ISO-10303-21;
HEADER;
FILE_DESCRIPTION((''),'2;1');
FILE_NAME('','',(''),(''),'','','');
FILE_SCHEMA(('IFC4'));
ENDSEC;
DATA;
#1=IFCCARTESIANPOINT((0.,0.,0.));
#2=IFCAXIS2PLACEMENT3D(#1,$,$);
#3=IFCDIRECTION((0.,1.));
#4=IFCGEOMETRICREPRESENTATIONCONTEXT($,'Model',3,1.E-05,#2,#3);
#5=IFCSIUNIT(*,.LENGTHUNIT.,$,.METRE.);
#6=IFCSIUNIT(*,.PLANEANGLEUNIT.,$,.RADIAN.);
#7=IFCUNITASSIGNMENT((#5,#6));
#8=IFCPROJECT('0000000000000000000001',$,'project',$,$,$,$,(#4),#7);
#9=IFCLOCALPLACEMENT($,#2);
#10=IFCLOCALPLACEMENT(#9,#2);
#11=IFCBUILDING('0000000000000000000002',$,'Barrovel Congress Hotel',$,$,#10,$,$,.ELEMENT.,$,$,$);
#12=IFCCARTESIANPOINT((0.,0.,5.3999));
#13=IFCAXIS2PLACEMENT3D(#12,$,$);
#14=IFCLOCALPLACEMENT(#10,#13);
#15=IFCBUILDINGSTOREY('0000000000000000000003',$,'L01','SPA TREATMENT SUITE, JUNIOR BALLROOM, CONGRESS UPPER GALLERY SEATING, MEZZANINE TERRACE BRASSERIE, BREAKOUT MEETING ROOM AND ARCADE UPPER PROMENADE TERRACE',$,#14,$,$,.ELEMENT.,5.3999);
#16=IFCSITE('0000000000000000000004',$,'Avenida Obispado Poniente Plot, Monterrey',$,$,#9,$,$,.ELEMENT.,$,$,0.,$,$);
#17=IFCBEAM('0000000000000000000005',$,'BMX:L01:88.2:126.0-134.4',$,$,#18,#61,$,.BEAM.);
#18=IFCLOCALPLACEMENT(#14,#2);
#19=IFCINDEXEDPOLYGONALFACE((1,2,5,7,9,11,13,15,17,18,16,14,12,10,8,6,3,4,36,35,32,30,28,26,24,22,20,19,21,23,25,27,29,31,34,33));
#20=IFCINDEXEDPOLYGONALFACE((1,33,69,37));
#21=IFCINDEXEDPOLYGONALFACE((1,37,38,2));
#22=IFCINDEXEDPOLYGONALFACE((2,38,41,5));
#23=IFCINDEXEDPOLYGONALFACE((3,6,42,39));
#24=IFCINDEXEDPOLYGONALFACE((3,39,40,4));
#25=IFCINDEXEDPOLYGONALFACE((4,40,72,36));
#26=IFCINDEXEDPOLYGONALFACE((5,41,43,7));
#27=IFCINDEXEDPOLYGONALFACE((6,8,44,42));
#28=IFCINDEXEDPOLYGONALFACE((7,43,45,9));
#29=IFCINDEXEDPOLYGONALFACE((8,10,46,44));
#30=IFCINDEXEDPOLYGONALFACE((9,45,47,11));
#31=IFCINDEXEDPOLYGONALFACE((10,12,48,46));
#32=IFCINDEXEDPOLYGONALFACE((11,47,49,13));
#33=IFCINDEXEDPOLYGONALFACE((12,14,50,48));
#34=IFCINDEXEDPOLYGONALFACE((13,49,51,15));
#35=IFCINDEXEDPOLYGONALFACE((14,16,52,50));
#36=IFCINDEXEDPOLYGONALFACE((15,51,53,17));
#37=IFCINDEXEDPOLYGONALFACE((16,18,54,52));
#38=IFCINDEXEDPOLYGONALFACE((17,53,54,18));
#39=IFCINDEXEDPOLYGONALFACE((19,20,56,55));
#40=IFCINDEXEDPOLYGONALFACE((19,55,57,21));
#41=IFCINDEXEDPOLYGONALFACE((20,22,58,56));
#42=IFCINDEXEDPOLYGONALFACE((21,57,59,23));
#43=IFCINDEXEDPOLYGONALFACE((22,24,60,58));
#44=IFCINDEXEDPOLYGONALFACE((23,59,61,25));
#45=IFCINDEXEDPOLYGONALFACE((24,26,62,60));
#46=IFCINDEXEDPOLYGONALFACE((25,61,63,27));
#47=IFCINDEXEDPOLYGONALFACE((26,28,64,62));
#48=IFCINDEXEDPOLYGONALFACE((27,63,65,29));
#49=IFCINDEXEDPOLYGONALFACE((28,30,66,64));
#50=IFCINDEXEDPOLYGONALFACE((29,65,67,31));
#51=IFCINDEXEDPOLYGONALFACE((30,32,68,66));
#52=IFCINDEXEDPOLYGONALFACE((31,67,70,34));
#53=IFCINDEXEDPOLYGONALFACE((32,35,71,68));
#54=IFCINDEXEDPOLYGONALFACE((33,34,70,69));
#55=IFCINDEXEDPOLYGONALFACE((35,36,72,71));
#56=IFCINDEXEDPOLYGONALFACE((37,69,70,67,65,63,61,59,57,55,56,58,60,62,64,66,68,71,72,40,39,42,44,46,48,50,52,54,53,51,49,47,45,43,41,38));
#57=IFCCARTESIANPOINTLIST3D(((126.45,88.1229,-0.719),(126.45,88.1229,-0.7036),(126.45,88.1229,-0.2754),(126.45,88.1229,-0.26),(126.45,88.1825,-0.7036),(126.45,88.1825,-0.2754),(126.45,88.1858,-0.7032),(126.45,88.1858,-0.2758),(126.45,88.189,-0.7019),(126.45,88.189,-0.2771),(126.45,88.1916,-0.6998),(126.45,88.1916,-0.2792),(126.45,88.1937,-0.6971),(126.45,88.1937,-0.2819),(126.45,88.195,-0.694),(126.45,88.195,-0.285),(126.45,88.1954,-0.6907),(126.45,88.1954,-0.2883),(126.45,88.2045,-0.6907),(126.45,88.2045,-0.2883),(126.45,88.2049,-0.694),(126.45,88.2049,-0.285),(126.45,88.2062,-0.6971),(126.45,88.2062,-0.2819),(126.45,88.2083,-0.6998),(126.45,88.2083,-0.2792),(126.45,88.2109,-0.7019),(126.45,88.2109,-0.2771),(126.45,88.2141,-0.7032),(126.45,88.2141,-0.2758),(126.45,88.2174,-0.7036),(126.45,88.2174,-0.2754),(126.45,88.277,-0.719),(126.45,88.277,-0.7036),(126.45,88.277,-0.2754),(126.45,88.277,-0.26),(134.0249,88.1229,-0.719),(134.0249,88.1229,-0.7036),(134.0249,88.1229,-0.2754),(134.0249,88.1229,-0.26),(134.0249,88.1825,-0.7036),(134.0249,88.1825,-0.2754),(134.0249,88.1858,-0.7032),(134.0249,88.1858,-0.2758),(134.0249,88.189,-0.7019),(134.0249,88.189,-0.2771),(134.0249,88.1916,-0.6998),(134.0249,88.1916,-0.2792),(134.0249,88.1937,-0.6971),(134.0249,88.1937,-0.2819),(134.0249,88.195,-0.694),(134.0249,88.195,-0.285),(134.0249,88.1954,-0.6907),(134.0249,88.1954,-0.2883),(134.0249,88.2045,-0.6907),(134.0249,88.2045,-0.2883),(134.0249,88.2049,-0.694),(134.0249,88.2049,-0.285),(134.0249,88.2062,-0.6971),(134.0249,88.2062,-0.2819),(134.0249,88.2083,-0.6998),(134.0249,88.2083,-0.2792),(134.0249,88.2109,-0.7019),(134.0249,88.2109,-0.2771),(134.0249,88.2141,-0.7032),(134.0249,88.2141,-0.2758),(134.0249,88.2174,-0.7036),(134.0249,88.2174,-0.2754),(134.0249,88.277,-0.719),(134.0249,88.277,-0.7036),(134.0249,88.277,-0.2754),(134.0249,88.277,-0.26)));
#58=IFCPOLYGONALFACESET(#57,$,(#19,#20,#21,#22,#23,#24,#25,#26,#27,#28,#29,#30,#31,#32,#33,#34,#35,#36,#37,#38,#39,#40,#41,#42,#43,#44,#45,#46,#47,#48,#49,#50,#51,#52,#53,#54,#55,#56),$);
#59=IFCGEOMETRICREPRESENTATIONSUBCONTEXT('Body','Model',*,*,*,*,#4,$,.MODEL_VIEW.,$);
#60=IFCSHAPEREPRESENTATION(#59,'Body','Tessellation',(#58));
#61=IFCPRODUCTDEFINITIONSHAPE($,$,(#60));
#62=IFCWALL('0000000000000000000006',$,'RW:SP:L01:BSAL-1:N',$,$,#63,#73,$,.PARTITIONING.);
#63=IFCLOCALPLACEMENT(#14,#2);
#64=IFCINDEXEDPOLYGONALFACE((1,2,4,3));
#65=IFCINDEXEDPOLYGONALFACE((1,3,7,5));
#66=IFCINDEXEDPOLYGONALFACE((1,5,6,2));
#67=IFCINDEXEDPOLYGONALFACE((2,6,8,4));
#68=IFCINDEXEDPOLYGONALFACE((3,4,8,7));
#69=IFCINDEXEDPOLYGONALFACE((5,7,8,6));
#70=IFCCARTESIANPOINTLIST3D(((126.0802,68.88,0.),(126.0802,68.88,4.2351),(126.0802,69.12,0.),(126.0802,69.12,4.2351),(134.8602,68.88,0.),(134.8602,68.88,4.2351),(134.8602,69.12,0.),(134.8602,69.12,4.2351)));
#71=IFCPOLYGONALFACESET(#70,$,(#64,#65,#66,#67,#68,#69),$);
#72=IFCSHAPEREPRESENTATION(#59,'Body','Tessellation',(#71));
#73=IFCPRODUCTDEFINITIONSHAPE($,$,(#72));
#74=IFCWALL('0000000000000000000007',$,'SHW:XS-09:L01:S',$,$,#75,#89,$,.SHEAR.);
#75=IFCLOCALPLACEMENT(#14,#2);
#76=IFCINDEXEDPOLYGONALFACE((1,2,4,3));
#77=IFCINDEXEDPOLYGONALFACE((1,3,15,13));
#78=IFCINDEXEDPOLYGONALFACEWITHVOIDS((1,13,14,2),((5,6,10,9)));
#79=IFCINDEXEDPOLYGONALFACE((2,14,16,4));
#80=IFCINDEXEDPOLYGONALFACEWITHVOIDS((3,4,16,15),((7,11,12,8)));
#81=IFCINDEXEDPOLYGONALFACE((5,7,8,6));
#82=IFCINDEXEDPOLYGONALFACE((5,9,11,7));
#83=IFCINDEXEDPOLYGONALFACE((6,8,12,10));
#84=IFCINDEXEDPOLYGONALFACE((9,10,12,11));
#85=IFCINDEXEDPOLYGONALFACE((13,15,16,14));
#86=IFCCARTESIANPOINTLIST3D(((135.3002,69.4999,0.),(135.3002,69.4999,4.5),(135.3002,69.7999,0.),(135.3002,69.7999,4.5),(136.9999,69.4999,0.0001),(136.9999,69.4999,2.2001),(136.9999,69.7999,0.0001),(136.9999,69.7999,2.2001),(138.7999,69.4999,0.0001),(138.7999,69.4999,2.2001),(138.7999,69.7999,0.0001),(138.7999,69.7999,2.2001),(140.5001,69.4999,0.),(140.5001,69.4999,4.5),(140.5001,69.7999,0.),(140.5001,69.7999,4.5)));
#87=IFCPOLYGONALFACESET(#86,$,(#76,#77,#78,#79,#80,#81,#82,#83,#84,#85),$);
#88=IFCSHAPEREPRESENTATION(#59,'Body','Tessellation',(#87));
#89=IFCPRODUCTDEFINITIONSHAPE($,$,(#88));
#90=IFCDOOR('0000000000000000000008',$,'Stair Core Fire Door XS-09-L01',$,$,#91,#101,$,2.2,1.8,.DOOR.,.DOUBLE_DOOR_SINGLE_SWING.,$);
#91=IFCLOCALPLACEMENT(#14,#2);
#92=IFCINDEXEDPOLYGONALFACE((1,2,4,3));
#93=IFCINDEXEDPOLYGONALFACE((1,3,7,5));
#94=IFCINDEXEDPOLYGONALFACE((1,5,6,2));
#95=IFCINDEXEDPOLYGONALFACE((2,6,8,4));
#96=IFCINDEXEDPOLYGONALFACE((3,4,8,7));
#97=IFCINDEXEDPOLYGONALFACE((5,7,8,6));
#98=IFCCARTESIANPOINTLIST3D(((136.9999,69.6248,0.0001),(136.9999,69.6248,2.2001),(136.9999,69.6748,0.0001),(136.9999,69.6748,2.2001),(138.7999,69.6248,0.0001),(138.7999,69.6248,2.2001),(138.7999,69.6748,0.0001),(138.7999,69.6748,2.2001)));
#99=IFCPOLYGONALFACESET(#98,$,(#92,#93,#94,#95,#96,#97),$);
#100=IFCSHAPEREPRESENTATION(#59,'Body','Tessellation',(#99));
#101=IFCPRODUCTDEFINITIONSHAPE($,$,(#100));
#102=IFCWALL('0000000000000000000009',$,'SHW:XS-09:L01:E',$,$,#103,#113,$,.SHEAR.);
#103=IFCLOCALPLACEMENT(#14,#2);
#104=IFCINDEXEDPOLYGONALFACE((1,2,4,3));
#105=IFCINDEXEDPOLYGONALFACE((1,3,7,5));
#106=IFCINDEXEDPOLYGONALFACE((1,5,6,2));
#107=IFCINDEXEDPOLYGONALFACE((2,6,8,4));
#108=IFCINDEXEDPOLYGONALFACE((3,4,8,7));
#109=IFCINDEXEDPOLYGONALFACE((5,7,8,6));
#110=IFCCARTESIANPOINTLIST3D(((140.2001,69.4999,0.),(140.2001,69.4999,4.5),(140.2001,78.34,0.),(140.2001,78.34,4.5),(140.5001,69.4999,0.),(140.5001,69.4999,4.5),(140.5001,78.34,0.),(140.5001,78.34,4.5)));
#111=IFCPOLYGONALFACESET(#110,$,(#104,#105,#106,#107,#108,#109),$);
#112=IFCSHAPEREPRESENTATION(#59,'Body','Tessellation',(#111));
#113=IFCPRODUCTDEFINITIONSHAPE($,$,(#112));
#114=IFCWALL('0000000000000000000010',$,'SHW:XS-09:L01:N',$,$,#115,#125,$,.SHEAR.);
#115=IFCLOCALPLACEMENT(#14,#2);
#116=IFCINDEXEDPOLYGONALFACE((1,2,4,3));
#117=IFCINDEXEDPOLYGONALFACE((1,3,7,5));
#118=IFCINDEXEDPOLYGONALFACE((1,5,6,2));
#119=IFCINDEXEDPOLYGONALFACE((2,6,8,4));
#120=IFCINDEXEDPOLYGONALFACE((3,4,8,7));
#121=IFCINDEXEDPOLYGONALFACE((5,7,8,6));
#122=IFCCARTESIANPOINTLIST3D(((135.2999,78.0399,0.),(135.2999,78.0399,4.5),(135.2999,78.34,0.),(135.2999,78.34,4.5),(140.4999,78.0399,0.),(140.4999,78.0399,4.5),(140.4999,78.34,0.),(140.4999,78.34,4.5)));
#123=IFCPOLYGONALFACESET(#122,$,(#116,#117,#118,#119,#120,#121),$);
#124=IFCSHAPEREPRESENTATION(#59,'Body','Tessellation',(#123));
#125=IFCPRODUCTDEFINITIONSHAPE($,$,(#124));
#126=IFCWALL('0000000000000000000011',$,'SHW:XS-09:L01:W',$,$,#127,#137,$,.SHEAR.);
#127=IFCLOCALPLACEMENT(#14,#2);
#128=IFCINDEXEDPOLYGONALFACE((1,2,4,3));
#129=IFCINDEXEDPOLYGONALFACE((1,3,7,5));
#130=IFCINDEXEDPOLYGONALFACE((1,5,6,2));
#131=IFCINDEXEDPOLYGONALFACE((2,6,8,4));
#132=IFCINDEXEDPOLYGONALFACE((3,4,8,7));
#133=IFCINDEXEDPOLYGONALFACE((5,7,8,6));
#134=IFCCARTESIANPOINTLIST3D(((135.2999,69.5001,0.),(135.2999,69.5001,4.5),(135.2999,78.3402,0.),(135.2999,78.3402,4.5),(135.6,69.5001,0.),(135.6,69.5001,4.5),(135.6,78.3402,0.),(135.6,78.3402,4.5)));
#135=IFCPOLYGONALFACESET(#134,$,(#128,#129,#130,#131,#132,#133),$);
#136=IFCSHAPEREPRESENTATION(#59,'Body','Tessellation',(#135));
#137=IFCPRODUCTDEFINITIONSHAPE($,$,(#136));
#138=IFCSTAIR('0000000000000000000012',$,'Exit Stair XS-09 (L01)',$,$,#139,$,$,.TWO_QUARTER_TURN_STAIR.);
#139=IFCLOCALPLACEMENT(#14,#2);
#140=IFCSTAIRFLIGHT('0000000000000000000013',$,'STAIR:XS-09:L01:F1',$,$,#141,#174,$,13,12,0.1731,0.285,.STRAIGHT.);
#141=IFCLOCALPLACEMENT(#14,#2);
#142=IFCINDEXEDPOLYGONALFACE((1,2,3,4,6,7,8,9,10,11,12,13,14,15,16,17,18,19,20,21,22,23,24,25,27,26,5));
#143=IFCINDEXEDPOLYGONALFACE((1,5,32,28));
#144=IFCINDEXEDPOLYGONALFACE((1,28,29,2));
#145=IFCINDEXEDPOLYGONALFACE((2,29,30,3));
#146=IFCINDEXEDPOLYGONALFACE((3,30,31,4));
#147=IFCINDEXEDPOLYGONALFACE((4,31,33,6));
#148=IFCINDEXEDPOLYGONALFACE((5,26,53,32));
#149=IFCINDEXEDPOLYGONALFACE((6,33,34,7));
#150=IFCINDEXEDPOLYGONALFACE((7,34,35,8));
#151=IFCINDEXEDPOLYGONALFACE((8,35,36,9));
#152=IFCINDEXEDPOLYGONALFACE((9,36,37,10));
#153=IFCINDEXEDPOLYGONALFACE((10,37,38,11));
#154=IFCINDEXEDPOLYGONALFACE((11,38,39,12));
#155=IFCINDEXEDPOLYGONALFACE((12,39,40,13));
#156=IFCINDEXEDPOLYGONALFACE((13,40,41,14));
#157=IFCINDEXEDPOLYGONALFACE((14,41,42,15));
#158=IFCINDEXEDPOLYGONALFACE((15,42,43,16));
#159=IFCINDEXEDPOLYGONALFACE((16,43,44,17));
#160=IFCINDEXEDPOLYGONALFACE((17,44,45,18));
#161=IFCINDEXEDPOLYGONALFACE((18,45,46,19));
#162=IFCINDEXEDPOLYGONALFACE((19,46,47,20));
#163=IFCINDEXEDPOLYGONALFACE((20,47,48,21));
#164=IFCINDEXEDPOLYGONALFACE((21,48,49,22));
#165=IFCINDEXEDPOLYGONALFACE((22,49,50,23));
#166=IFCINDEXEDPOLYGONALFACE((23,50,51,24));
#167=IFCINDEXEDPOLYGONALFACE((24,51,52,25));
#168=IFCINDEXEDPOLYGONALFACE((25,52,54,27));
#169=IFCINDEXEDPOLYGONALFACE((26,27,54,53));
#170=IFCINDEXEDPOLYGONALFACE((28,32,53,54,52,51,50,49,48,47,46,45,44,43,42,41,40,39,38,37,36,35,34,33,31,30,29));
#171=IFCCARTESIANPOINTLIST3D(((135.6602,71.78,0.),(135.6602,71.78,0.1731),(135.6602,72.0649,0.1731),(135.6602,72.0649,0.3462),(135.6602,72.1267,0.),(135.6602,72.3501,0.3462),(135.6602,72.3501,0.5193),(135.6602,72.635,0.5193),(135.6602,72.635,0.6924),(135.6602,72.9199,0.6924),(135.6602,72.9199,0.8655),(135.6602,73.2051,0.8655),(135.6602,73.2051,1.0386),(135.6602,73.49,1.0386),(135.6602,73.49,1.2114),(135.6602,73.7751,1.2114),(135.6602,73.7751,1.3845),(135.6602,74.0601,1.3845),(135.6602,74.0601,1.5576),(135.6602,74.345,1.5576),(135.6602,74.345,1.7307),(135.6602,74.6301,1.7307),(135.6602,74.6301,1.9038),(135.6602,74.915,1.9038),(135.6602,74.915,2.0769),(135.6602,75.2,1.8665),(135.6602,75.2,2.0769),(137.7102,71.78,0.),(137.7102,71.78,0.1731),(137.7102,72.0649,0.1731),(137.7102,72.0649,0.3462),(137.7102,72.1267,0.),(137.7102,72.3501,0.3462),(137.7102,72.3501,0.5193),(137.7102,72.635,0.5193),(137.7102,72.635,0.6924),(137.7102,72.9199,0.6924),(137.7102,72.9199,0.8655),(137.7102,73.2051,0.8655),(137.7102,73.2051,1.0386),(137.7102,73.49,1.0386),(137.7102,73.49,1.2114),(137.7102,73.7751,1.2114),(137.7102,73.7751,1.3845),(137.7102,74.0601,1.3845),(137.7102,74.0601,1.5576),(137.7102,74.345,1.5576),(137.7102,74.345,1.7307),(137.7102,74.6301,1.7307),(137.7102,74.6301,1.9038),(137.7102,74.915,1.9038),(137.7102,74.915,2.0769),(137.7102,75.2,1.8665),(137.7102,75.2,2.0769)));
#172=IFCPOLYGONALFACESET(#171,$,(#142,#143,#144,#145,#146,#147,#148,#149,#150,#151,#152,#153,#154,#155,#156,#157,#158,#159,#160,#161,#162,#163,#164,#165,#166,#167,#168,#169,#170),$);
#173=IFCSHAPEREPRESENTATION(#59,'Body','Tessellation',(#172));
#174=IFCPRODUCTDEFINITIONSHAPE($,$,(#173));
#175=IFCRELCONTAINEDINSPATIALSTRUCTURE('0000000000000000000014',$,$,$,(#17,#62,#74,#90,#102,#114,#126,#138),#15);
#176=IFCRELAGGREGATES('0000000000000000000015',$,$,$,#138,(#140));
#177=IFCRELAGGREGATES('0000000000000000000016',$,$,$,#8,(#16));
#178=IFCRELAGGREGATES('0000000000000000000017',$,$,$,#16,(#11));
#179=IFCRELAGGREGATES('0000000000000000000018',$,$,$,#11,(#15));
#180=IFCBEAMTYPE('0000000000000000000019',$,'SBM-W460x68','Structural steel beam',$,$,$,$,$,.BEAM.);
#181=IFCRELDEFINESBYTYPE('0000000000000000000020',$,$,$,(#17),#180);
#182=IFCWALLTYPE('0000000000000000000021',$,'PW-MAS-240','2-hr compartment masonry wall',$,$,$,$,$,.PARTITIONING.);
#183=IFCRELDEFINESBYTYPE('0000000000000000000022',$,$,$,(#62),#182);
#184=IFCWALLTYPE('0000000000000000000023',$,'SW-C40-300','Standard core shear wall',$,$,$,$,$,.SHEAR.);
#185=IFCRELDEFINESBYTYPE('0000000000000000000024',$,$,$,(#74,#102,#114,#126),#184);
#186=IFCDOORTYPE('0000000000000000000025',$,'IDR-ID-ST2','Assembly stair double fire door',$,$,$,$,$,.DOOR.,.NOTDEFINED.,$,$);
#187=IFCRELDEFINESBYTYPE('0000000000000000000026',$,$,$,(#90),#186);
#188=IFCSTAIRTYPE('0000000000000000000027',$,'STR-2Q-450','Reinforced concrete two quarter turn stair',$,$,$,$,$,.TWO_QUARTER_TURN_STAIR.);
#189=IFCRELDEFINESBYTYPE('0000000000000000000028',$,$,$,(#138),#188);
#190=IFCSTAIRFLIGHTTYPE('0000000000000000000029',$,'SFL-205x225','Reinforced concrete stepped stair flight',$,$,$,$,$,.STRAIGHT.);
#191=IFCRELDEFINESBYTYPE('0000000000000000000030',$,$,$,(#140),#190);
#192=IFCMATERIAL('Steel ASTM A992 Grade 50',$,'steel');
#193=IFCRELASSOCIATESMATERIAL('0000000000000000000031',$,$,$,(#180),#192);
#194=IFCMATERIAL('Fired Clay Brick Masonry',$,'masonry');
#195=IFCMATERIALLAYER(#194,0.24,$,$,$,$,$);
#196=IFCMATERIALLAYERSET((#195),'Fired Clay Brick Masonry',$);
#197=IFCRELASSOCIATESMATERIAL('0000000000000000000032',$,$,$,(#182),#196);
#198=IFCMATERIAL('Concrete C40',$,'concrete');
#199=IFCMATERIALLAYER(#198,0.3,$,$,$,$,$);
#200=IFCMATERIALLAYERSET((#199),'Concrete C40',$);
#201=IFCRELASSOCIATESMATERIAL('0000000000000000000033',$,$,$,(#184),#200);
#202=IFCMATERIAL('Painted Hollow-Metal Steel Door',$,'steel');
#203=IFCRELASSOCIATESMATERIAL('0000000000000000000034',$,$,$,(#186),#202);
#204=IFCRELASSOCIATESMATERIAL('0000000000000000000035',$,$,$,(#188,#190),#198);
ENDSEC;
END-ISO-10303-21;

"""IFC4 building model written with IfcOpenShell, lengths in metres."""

from ifc_helpers import new_model, si_unit, direction, frame, frame_2d, origin, origin_2d, place, context, subcontext, project, spatial, polyline, rectangle, i_section, outline, extrude, material, layer, layer_set, material_profile, profile_set, type_object, element, fill, aggregate, save


model = new_model("IFC4")

# Units and contexts
model_context = context("Model", 3, precision=1e-05, world=origin(), true_north=direction((0.0, 1.0)))
body_context = subcontext(model_context, "Body", "Model", "MODEL_VIEW")
ifc_project = project(units=[si_unit("LENGTHUNIT", "METRE"), si_unit("PLANEANGLEUNIT", "RADIAN")], contexts=[model_context])

# Site, building, storey
site_placement = place(None, origin())
site = spatial("IfcSite", under=ifc_project, at=site_placement, Name="Avenida Obispado Poniente Plot, Monterrey", CompositionType="ELEMENT", RefElevation=0.0)
building_placement = place(site_placement, origin())
building = spatial("IfcBuilding", under=site, at=building_placement, Name="Barrovel Congress Hotel", CompositionType="ELEMENT")
storey_placement = place(building_placement, frame((0.0, 0.0, 5.3999)))
storey = spatial("IfcBuildingStorey", under=building, at=storey_placement, Name="L01", Description="SPA TREATMENT SUITE, JUNIOR BALLROOM, CONGRESS UPPER GALLERY SEATING, MEZZANINE TERRACE BRASSERIE, BREAKOUT MEETING ROOM AND ARCADE UPPER PROMENADE TERRACE", CompositionType="ELEMENT", Elevation=5.3999)

# Shared definitions
ifc_material_1 = material(Name="Concrete C40", Category="concrete")

# Beam
ifc_material_2 = material(Name="Steel ASTM A992 Grade 50", Category="steel")
ifc_material_profile_1 = material_profile(ifc_material_2, i_section(OverallWidth=0.1541, OverallDepth=0.459, WebThickness=0.009, FlangeThickness=0.0154, FilletRadius=0.0129, at=origin_2d()), Name="W460x68")
ifc_profile_set_1 = profile_set([ifc_material_profile_1], Name="Steel ASTM A992 Grade 50")
beam_type_1 = type_object("IfcBeamType", Name="SBM-W460x68", Description="Structural steel beam", PredefinedType="BEAM", material=ifc_profile_set_1)
beam_1_placement = place(storey_placement, frame((126.45, 88.2, -0.4895), z_axis=(1.0, 0.0, 0.0), x_axis=(0.0, 1.0, 0.0)))
element("IfcBeam", 1, at=beam_1_placement, inside=storey, type_object=beam_type_1, Name="BMX:L01:88.2:126.0-134.4", PredefinedType="BEAM", context=body_context, shape_type="SweptSolid", body=[
    extrude(i_section(OverallWidth=0.1541, OverallDepth=0.459, WebThickness=0.009, FlangeThickness=0.0154, FilletRadius=0.0129, at=origin_2d()), origin(), (0.0, 0.0, 1.0), 7.575),
])

# Wall
ifc_material_3 = material(Name="Fired Clay Brick Masonry", Category="masonry")
ifc_layer_1 = layer(ifc_material_3, 0.24)
ifc_layer_set_1 = layer_set([ifc_layer_1], Name="Fired Clay Brick Masonry")
wall_type_1 = type_object("IfcWallType", Name="PW-MAS-240", Description="2-hr compartment masonry wall", PredefinedType="PARTITIONING", material=ifc_layer_set_1)
wall_1_placement = place(storey_placement, frame((126.0801, 69.0, 0.0), z_axis=(0.0, 0.0, 1.0), x_axis=(1.0, 0.0, 0.0)))
element("IfcWall", 2, at=wall_1_placement, inside=storey, type_object=wall_type_1, Name="RW:SP:L01:BSAL-1:N", PredefinedType="PARTITIONING", context=body_context, shape_type="SweptSolid", body=[
    extrude(rectangle(XDim=8.78, YDim=0.24, at=frame_2d((4.3901, 0.0))), origin(), (0.0, 0.0, 1.0), 4.2351),
])

# Wall, opening, door
ifc_layer_2 = layer(ifc_material_1, 0.3)
ifc_layer_set_2 = layer_set([ifc_layer_2], Name="Concrete C40")
wall_type_2 = type_object("IfcWallType", Name="SW-C40-300", Description="Standard core shear wall", PredefinedType="SHEAR", material=ifc_layer_set_2)
wall_2_placement = place(storey_placement, frame((135.3, 69.6499, 0.0), z_axis=(0.0, 0.0, 1.0), x_axis=(1.0, 0.0, 0.0)))
wall_2 = element("IfcWall", 3, at=wall_2_placement, inside=storey, type_object=wall_type_2, Name="SHW:XS-09:L01:S", PredefinedType="SHEAR", context=body_context, shape_type="SweptSolid", body=[
    extrude(rectangle(XDim=5.2, YDim=0.3, at=frame_2d((2.6001, 0.0))), origin(), (0.0, 0.0, 1.0), 4.5),
])
opening_placement = place(wall_2_placement, frame((1.7, 0.0, 0.0)))
opening = element("IfcOpeningElement", 4, at=opening_placement, cuts=wall_2, PredefinedType="OPENING", context=body_context, shape_type="SweptSolid", body=[
    extrude(rectangle(XDim=1.8, YDim=2.2, at=frame_2d((0.8999, 1.1001))), frame((0.0, 0.1602, 0.0), z_axis=(0.0, -1.0, 0.0), x_axis=(1.0, 0.0, 0.0)), (0.0, 0.0, 1.0), 0.3201),
])
ifc_material_4 = material(Name="Painted Hollow-Metal Steel Door", Category="steel")
door_type = type_object("IfcDoorType", Name="IDR-ID-ST2", Description="Assembly stair double fire door", OperationType="NOTDEFINED", PredefinedType="DOOR", material=ifc_material_4)
door_placement = place(opening_placement, origin())
door = element("IfcDoor", 5, at=door_placement, inside=storey, type_object=door_type, Name="Stair Core Fire Door XS-09-L01", OperationType="DOUBLE_DOOR_SINGLE_SWING", OverallHeight=2.2, OverallWidth=1.8, PredefinedType="DOOR", context=body_context, shape_type="SweptSolid", body=[
    extrude(rectangle(XDim=1.8, YDim=2.2, at=frame_2d((0.8999, 1.1001))), frame((0.0, 0.0249, 0.0), z_axis=(0.0, -1.0, 0.0), x_axis=(1.0, 0.0, 0.0)), (0.0, 0.0, 1.0), 0.05),
])
fill(opening, door)

# Walls
wall_3_placement = place(storey_placement, frame((140.3501, 69.5, 0.0), z_axis=(0.0, 0.0, 1.0), x_axis=(0.0, 1.0, 0.0)))
element("IfcWall", 6, at=wall_3_placement, inside=storey, type_object=wall_type_2, Name="SHW:XS-09:L01:E", PredefinedType="SHEAR", context=body_context, shape_type="SweptSolid", body=[
    extrude(rectangle(XDim=8.8401, YDim=0.3, at=frame_2d((4.4199, 0.0))), origin(), (0.0, 0.0, 1.0), 4.5),
])
wall_4_placement = place(storey_placement, frame((140.5, 78.1899, 0.0), z_axis=(0.0, 0.0, 1.0), x_axis=(-1.0, 0.0, 0.0)))
element("IfcWall", 7, at=wall_4_placement, inside=storey, type_object=wall_type_2, Name="SHW:XS-09:L01:N", PredefinedType="SHEAR", context=body_context, shape_type="SweptSolid", body=[
    extrude(rectangle(XDim=5.2, YDim=0.3, at=frame_2d((2.6001, 0.0))), origin(), (0.0, 0.0, 1.0), 4.5),
])
wall_5_placement = place(storey_placement, frame((135.45, 78.3401, 0.0), z_axis=(0.0, 0.0, 1.0), x_axis=(0.0, -1.0, 0.0)))
element("IfcWall", 8, at=wall_5_placement, inside=storey, type_object=wall_type_2, Name="SHW:XS-09:L01:W", PredefinedType="SHEAR", context=body_context, shape_type="SweptSolid", body=[
    extrude(rectangle(XDim=8.8401, YDim=0.3, at=frame_2d((4.4199, 0.0))), origin(), (0.0, 0.0, 1.0), 4.5),
])

# Stair, stair flight
stair_type = type_object("IfcStairType", Name="STR-2Q-450", Description="Reinforced concrete two quarter turn stair", PredefinedType="TWO_QUARTER_TURN_STAIR", material=ifc_material_1)
stair_placement = place(storey_placement, origin())
stair = element("IfcStair", 9, at=stair_placement, inside=storey, type_object=stair_type, Name="Exit Stair XS-09 (L01)", PredefinedType="TWO_QUARTER_TURN_STAIR")
stair_flight_type = type_object("IfcStairFlightType", Name="SFL-205x225", Description="Reinforced concrete stepped stair flight", PredefinedType="STRAIGHT", material=ifc_material_1)
stair_flight_1_placement = place(storey_placement, frame((136.6851, 71.78, 0.0), z_axis=(0.0, 0.0, 1.0), x_axis=(0.0, 1.0, 0.0)))
stair_flight_1 = element("IfcStairFlight", 10, at=stair_flight_1_placement, type_object=stair_flight_type, Name="STAIR:XS-09:L01:F1", NumberOfRisers=13, NumberOfTreads=12, PredefinedType="STRAIGHT", RiserHeight=0.1731, TreadLength=0.285, context=body_context, shape_type="SweptSolid", body=[
    extrude(outline(polyline([(0.0, 0.0), (0.0, 0.1731), (0.2849, 0.1731), (0.2849, 0.3462), (0.5701, 0.3462), (0.5701, 0.5193), (0.855, 0.5193), (0.855, 0.6924), (1.1399, 0.6924), (1.1399, 0.8655), (1.425, 0.8655), (1.425, 1.0386), (1.71, 1.0386), (1.71, 1.2114), (1.9951, 1.2114), (1.9951, 1.3845), (2.28, 1.3845), (2.28, 1.5576), (2.5649, 1.5576), (2.5649, 1.7307), (2.8501, 1.7307), (2.8501, 1.9038), (3.135, 1.9038), (3.135, 2.0769), (3.4199, 2.0769), (3.4199, 2.25), (3.4199, 1.8665), (0.3467, 0.0), (0.0, 0.0)])), frame((0.0, 1.0249, 0.0), z_axis=(0.0, -1.0, 0.0), x_axis=(1.0, 0.0, 0.0)), (0.0, 0.0, 1.0), 2.05),
])
aggregate(stair, [stair_flight_1])

save(model, "model.ifc")
